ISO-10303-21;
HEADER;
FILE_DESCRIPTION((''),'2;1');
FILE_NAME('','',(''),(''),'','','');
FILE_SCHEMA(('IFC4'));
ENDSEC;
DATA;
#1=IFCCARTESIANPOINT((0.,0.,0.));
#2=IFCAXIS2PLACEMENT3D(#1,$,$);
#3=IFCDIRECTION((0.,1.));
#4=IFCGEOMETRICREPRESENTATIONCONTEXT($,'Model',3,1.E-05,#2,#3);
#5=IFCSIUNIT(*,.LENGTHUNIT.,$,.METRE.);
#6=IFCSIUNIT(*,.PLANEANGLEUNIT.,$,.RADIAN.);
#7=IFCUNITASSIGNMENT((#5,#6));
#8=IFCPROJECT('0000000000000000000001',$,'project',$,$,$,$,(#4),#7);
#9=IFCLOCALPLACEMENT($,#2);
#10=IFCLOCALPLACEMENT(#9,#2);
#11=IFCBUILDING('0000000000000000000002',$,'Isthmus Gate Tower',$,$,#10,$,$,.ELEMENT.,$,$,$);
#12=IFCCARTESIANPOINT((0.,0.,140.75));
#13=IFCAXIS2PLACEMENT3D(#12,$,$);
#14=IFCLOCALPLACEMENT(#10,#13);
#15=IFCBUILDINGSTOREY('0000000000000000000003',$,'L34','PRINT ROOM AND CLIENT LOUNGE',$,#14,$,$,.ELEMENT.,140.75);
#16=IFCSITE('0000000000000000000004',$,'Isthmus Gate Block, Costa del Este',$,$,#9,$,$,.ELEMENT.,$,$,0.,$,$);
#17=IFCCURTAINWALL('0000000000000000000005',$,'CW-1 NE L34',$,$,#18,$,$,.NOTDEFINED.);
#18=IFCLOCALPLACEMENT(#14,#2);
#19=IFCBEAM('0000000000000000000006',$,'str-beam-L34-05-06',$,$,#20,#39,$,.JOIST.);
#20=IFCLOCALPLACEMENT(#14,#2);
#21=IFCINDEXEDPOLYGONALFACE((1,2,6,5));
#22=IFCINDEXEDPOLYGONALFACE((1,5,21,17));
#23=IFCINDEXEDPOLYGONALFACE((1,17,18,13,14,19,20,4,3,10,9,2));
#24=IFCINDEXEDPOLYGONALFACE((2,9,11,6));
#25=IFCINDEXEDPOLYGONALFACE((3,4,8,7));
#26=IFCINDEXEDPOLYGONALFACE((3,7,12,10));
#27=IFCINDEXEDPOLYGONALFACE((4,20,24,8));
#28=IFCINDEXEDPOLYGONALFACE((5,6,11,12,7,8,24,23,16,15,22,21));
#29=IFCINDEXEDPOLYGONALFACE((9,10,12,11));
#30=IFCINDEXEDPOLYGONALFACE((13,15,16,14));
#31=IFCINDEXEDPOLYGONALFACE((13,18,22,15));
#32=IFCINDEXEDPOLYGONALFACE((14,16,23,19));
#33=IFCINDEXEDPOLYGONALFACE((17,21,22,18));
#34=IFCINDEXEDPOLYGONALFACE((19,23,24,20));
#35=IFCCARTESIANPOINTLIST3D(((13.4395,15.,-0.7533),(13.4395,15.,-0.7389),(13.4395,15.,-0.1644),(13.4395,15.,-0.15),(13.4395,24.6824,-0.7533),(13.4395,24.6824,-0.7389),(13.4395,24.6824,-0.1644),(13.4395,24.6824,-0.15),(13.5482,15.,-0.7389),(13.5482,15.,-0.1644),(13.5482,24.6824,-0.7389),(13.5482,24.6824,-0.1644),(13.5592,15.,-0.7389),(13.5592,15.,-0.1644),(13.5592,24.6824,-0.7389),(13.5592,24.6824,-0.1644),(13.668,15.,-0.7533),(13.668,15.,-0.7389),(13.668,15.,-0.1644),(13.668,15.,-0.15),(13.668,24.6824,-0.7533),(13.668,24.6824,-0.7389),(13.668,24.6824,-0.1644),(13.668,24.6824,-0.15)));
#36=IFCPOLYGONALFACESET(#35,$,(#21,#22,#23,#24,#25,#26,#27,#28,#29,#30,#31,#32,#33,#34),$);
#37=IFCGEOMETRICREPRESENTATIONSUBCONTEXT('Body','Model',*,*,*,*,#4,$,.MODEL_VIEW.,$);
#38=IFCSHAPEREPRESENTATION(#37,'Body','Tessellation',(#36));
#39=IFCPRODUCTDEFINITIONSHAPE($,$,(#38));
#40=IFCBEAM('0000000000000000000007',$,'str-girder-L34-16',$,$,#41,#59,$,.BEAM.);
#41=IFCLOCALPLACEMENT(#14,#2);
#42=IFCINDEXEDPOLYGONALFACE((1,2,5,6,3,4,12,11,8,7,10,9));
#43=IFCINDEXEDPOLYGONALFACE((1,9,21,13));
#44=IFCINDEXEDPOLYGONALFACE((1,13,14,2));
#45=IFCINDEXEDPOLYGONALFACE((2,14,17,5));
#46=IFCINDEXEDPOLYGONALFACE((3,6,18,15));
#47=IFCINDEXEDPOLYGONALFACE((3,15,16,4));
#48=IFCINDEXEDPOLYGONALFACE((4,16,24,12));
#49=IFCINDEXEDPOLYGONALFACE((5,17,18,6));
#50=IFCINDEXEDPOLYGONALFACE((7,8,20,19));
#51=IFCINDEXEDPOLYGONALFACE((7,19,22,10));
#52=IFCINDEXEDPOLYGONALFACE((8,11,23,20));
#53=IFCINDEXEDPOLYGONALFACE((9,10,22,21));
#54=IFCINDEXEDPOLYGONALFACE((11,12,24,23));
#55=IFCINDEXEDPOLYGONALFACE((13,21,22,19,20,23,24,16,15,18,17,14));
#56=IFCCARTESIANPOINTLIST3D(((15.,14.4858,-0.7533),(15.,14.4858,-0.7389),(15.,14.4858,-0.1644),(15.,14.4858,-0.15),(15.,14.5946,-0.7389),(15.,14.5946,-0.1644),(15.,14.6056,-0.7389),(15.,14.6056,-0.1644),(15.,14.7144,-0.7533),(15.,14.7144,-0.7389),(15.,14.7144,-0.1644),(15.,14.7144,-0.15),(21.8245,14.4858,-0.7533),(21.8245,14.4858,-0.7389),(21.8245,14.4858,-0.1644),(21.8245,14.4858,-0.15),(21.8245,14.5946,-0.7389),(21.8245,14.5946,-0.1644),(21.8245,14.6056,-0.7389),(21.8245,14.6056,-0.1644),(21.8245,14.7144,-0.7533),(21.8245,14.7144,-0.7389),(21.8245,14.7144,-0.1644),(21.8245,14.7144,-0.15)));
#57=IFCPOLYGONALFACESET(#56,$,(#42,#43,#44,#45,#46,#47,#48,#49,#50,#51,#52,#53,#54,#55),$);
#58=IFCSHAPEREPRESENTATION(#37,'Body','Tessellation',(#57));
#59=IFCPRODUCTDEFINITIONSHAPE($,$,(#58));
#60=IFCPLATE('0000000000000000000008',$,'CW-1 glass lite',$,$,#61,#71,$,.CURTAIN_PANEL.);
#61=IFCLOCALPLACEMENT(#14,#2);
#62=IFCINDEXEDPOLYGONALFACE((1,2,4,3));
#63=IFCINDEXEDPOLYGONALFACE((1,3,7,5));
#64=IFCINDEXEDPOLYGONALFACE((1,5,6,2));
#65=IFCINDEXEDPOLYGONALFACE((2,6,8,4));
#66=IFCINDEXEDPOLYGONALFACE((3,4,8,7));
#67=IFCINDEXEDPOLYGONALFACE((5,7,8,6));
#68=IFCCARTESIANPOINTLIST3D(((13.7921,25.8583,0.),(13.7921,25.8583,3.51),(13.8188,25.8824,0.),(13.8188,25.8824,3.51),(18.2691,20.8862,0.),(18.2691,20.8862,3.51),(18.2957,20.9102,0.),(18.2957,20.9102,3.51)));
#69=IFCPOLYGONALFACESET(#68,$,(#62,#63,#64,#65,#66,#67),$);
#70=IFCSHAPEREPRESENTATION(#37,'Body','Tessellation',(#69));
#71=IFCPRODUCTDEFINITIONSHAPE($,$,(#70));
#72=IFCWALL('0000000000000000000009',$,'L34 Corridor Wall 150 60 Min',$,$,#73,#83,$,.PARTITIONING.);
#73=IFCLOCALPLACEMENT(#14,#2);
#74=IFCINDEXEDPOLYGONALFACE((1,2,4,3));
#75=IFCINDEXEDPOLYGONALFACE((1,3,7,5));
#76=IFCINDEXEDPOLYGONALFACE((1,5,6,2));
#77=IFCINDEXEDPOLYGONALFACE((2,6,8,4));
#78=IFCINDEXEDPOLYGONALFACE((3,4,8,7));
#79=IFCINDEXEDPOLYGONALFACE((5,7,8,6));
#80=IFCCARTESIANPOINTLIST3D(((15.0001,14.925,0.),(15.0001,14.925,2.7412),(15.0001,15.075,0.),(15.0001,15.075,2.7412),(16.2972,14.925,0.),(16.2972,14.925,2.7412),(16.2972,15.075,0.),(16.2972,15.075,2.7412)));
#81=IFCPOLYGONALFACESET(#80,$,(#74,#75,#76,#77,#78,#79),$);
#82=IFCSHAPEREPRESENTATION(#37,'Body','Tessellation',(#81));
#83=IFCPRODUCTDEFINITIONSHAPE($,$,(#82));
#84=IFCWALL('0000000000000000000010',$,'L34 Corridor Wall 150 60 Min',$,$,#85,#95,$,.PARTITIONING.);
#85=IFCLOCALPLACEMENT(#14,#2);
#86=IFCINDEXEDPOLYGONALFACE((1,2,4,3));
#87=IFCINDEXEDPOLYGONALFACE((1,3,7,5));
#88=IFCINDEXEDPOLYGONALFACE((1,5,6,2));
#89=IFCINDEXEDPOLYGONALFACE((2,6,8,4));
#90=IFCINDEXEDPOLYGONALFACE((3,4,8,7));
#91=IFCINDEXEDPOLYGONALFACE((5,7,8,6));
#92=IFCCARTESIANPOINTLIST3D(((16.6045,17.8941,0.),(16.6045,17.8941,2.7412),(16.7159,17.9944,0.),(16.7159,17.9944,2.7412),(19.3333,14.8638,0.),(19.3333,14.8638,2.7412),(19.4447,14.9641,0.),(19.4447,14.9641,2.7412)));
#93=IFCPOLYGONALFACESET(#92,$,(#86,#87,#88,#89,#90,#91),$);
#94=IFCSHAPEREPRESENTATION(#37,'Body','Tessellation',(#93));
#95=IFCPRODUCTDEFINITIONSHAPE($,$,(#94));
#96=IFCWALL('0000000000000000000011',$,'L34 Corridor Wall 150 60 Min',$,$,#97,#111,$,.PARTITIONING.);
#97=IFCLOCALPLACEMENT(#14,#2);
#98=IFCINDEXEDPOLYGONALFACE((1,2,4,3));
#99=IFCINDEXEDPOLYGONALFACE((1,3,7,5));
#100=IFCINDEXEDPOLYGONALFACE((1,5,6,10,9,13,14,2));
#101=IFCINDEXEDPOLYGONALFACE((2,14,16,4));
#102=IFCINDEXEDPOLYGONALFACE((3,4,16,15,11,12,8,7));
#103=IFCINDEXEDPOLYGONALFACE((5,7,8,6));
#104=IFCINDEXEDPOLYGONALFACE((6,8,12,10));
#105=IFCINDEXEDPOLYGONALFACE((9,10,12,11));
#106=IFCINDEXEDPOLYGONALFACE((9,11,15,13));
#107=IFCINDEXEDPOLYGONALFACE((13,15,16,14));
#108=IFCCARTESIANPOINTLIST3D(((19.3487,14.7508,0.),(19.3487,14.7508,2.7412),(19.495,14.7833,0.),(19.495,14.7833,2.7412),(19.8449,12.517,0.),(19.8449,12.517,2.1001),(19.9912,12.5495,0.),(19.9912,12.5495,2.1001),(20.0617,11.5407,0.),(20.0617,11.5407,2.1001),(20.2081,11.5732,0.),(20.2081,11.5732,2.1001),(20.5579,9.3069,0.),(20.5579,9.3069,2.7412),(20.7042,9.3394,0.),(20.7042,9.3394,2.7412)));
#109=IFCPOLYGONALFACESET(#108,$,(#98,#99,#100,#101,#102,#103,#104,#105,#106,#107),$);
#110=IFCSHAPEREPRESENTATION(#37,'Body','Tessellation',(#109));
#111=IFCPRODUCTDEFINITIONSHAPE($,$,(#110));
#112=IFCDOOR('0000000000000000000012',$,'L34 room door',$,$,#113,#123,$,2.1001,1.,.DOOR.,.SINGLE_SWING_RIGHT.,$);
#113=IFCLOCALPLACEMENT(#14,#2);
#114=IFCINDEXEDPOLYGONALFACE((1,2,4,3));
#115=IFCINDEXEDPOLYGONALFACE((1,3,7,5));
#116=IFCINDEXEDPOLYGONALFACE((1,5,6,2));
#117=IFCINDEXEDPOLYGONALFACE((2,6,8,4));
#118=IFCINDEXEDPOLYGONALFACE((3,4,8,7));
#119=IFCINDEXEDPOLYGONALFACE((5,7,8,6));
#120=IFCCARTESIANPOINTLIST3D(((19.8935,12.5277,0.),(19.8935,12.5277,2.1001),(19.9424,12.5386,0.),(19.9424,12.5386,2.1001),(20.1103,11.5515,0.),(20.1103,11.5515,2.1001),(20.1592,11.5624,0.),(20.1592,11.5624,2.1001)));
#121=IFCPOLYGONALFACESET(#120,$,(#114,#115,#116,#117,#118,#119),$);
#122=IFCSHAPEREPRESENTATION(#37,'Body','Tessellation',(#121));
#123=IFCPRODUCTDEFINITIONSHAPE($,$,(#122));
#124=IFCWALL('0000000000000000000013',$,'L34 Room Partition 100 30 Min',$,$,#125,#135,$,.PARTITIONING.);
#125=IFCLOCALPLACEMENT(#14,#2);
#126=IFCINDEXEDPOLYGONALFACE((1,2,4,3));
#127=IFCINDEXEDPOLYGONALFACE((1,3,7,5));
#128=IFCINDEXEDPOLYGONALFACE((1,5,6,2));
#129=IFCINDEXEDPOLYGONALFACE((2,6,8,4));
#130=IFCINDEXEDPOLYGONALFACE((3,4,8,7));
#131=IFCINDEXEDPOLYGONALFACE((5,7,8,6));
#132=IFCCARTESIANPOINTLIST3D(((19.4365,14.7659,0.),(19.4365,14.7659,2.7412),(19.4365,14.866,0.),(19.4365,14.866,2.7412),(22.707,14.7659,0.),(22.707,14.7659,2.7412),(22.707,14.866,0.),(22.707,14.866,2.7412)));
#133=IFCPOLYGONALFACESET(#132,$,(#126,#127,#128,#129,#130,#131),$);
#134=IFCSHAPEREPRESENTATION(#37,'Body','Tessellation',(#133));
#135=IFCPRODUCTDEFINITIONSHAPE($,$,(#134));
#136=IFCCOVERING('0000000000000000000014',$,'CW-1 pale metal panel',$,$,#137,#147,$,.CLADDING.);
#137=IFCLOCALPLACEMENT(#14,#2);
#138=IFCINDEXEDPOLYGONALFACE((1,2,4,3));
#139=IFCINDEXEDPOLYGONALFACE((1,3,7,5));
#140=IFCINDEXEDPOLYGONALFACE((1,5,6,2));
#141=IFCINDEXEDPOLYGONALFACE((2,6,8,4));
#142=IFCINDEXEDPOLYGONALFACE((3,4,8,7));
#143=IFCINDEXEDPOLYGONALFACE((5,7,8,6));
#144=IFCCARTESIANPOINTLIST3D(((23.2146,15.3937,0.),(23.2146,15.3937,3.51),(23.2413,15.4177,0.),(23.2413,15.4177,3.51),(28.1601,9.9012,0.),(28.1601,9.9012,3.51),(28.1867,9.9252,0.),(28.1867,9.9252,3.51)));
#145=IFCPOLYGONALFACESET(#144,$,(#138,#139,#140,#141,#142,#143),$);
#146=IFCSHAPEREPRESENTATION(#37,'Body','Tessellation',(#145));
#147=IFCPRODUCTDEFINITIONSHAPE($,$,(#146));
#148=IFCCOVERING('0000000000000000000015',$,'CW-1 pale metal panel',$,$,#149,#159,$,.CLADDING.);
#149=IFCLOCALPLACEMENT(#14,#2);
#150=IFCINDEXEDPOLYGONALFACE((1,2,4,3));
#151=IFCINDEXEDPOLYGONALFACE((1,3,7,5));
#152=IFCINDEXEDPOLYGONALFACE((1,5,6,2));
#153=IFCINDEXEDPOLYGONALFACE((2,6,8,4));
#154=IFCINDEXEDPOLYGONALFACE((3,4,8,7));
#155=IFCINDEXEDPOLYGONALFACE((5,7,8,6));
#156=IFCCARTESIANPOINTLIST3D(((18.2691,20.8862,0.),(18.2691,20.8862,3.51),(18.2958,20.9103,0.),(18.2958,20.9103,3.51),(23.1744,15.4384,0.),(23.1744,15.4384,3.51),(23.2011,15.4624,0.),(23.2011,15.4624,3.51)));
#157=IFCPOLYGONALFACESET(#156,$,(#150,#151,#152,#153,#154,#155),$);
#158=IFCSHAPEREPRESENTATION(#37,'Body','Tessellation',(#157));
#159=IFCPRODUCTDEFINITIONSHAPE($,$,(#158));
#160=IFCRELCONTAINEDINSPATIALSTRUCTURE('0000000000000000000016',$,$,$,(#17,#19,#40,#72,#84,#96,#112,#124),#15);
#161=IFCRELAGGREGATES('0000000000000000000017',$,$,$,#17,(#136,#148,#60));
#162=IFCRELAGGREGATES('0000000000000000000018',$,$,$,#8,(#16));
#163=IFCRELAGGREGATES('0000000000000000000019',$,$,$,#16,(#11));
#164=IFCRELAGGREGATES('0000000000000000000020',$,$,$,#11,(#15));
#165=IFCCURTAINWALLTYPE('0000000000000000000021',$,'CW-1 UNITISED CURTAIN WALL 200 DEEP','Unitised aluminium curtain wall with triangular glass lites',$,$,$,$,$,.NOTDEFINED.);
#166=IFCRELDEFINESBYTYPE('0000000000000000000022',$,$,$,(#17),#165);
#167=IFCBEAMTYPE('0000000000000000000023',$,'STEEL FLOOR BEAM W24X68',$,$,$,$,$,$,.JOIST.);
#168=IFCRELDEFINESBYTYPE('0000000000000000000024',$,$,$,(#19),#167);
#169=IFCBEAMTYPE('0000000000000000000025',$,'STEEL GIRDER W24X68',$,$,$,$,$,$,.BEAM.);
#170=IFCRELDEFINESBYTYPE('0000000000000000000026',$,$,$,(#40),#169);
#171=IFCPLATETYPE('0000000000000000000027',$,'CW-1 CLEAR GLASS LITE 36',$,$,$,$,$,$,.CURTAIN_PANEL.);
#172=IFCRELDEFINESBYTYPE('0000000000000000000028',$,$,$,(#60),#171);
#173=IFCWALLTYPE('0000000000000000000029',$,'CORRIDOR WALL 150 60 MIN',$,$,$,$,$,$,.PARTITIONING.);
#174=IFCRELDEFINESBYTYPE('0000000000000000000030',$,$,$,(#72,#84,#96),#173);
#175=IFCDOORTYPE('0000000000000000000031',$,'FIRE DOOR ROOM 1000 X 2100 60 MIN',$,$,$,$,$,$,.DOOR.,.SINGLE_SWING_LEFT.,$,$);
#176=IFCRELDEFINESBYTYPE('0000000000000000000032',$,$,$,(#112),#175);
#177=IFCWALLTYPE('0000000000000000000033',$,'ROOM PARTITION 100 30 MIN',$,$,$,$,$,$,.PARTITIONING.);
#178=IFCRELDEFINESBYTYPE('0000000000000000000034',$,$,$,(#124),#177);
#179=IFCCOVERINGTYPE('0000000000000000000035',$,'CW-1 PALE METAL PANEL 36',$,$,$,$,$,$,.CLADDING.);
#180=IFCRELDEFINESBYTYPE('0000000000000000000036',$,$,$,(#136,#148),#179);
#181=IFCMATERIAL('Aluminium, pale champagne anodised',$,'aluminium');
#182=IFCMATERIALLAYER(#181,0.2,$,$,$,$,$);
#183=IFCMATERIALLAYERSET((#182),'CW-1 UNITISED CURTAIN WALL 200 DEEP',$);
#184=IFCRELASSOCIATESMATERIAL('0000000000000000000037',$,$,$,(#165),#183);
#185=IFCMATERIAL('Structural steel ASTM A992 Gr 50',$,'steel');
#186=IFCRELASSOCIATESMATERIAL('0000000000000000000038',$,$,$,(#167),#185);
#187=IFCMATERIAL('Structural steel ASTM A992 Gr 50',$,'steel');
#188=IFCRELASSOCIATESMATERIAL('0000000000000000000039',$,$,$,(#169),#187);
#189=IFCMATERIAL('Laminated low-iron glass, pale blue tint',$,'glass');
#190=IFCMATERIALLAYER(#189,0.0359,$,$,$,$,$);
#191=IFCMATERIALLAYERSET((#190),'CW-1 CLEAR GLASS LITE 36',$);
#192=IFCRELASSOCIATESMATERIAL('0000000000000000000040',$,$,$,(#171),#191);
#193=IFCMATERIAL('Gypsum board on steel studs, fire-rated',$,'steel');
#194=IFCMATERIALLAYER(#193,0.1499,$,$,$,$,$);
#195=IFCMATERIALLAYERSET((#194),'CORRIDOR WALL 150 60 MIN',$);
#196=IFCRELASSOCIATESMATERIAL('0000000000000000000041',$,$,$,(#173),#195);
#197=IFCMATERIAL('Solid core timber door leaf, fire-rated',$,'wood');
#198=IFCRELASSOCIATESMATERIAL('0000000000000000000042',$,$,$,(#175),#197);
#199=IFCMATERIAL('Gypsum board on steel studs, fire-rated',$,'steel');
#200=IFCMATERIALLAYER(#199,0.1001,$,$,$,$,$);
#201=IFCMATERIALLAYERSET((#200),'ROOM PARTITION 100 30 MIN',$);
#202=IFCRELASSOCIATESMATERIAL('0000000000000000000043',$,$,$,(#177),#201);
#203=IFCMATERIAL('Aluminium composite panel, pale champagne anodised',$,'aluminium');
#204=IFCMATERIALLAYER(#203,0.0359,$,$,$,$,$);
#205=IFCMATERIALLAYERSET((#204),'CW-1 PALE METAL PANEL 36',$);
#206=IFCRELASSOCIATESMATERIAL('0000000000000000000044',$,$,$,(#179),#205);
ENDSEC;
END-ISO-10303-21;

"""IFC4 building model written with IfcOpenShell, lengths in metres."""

from ifc_helpers import new_model, si_unit, direction, frame, frame_2d, origin, origin_2d, place, context, subcontext, project, spatial, rectangle, i_section, extrude, material, layer, layer_set, material_profile, profile_set, type_object, element, fill, aggregate, save


model = new_model("IFC4")

# Units and contexts
model_context = context("Model", 3, precision=1e-05, world=origin(), true_north=direction((0.0, 1.0)))
body_context = subcontext(model_context, "Body", "Model", "MODEL_VIEW")
ifc_project = project(units=[si_unit("LENGTHUNIT", "METRE"), si_unit("PLANEANGLEUNIT", "RADIAN")], contexts=[model_context])

# Site, building, storey
site_placement = place(None, origin())
site = spatial("IfcSite", under=ifc_project, at=site_placement, Name="Isthmus Gate Block, Costa del Este", CompositionType="ELEMENT", RefElevation=0.0)
building_placement = place(site_placement, origin())
building = spatial("IfcBuilding", under=site, at=building_placement, Name="Isthmus Gate Tower", CompositionType="ELEMENT")
storey_placement = place(building_placement, frame((0.0, 0.0, 140.75)))
storey = spatial("IfcBuildingStorey", under=building, at=storey_placement, Name="L34", Description="PRINT ROOM AND CLIENT LOUNGE", CompositionType="ELEMENT", Elevation=140.75)

# Curtain wall
ifc_material_1 = material(Name="Aluminium, pale champagne anodised", Category="aluminium")
ifc_layer_1 = layer(ifc_material_1, 0.2)
ifc_layer_set_1 = layer_set([ifc_layer_1], Name="CW-1 UNITISED CURTAIN WALL 200 DEEP")
curtain_wall_type = type_object("IfcCurtainWallType", Name="CW-1 UNITISED CURTAIN WALL 200 DEEP", Description="Unitised aluminium curtain wall with triangular glass lites", PredefinedType="NOTDEFINED", material=ifc_layer_set_1)
curtain_wall_1_placement = place(storey_placement, origin())
curtain_wall_1 = element("IfcCurtainWall", 1, at=curtain_wall_1_placement, inside=storey, type_object=curtain_wall_type, Name="CW-1 NE L34", PredefinedType="NOTDEFINED")

# Beams
ifc_material_2 = material(Name="Structural steel ASTM A992 Gr 50", Category="steel")
ifc_material_profile_1 = material_profile(ifc_material_2, i_section(OverallWidth=0.2285, OverallDepth=0.6033, WebThickness=0.011, FlangeThickness=0.0144, at=origin_2d()), Name="W24X68")
ifc_profile_set_1 = profile_set([ifc_material_profile_1], Name="Structural steel ASTM A992 Gr 50")
beam_type_1 = type_object("IfcBeamType", Name="STEEL FLOOR BEAM W24X68", PredefinedType="JOIST", material=ifc_profile_set_1)
beam_1_placement = place(storey_placement, frame((13.5537, 15.0, -0.4517), z_axis=(0.0, 1.0, 0.0), x_axis=(-1.0, 0.0, 0.0)))
element("IfcBeam", 2, at=beam_1_placement, inside=storey, type_object=beam_type_1, Name="str-beam-L34-05-06", PredefinedType="JOIST", context=body_context, shape_type="SweptSolid", body=[
    extrude(i_section(OverallWidth=0.2285, OverallDepth=0.6033, WebThickness=0.011, FlangeThickness=0.0144, at=origin_2d()), origin(), (0.0, 0.0, 1.0), 9.6824),
])
ifc_material_3 = material(Name="Structural steel ASTM A992 Gr 50", Category="steel")
ifc_material_profile_2 = material_profile(ifc_material_3, i_section(OverallWidth=0.2285, OverallDepth=0.6033, WebThickness=0.011, FlangeThickness=0.0144, at=origin_2d()), Name="W24X68")
ifc_profile_set_2 = profile_set([ifc_material_profile_2], Name="Structural steel ASTM A992 Gr 50")
beam_type_2 = type_object("IfcBeamType", Name="STEEL GIRDER W24X68", PredefinedType="BEAM", material=ifc_profile_set_2)
beam_2_placement = place(storey_placement, frame((15.0, 14.6001, -0.4517), z_axis=(1.0, 0.0, 0.0), x_axis=(0.0, 1.0, 0.0)))
element("IfcBeam", 3, at=beam_2_placement, inside=storey, type_object=beam_type_2, Name="str-girder-L34-16", PredefinedType="BEAM", context=body_context, shape_type="SweptSolid", body=[
    extrude(i_section(OverallWidth=0.2285, OverallDepth=0.6033, WebThickness=0.011, FlangeThickness=0.0144, at=origin_2d()), origin(), (0.0, 0.0, 1.0), 6.8245),
])

# Plate
ifc_material_4 = material(Name="Laminated low-iron glass, pale blue tint", Category="glass")
ifc_layer_2 = layer(ifc_material_4, 0.0359)
ifc_layer_set_2 = layer_set([ifc_layer_2], Name="CW-1 CLEAR GLASS LITE 36")
plate_type = type_object("IfcPlateType", Name="CW-1 CLEAR GLASS LITE 36", PredefinedType="CURTAIN_PANEL", material=ifc_layer_set_2)
plate_placement = place(storey_placement, frame((16.0439, 23.3843, 0.0), z_axis=(0.0, 0.0, 1.0), x_axis=(-0.669131, 0.743145, 0.0)))
plate = element("IfcPlate", 4, at=plate_placement, type_object=plate_type, Name="CW-1 glass lite", PredefinedType="CURTAIN_PANEL", context=body_context, shape_type="SweptSolid", body=[
    extrude(rectangle(XDim=6.6907, YDim=0.0359, at=origin_2d()), origin(), (0.0, 0.0, 1.0), 3.51),
])

# Walls
ifc_material_5 = material(Name="Gypsum board on steel studs, fire-rated", Category="steel")
ifc_layer_3 = layer(ifc_material_5, 0.1499)
ifc_layer_set_3 = layer_set([ifc_layer_3], Name="CORRIDOR WALL 150 60 MIN")
wall_type_1 = type_object("IfcWallType", Name="CORRIDOR WALL 150 60 MIN", PredefinedType="PARTITIONING", material=ifc_layer_set_3)
wall_1_placement = place(storey_placement, frame((16.2971, 15.0, 0.0), z_axis=(0.0, 0.0, 1.0), x_axis=(-1.0, 0.0, 0.0)))
element("IfcWall", 5, at=wall_1_placement, inside=storey, type_object=wall_type_1, Name="L34 Corridor Wall 150 60 Min", PredefinedType="PARTITIONING", context=body_context, shape_type="SweptSolid", body=[
    extrude(rectangle(XDim=1.2971, YDim=0.1499, at=frame_2d((0.6484, 0.0))), origin(), (0.0, 0.0, 1.0), 2.7412),
])
wall_2_placement = place(storey_placement, frame((16.6602, 17.9443, 0.0), z_axis=(0.0, 0.0, 1.0), x_axis=(0.66917, -0.74311, 0.0)))
element("IfcWall", 6, at=wall_2_placement, inside=storey, type_object=wall_type_1, Name="L34 Corridor Wall 150 60 Min", PredefinedType="PARTITIONING", context=body_context, shape_type="SweptSolid", body=[
    extrude(rectangle(XDim=4.0779, YDim=0.1499, at=frame_2d((2.0391, 0.0))), origin(), (0.0, 0.0, 1.0), 2.7412),
])

# Wall, opening, door
wall_3_placement = place(storey_placement, frame((19.4219, 14.7671, 0.0), z_axis=(0.0, 0.0, 1.0), x_axis=(0.216833, -0.976209, 0.0)))
wall_3 = element("IfcWall", 7, at=wall_3_placement, inside=storey, type_object=wall_type_1, Name="L34 Corridor Wall 150 60 Min", PredefinedType="PARTITIONING", context=body_context, shape_type="SweptSolid", body=[
    extrude(rectangle(XDim=5.5767, YDim=0.1499, at=frame_2d((2.7883, 0.0))), origin(), (0.0, 0.0, 1.0), 2.7412),
])
opening_placement = place(wall_3_placement, frame((2.2883, 0.0, 0.0)))
opening = element("IfcOpeningElement", 8, at=opening_placement, cuts=wall_3, PredefinedType="OPENING", context=body_context, shape_type="SweptSolid", body=[
    extrude(rectangle(XDim=1.0, YDim=2.1001, at=frame_2d((0.5, 1.05))), frame((0.0, 0.085, 0.0), z_axis=(0.0, -1.0, 0.0), x_axis=(1.0, 0.0, 0.0)), (0.0, 0.0, 1.0), 0.1699),
])
ifc_material_6 = material(Name="Solid core timber door leaf, fire-rated", Category="wood")
door_type = type_object("IfcDoorType", Name="FIRE DOOR ROOM 1000 X 2100 60 MIN", OperationType="SINGLE_SWING_LEFT", PredefinedType="DOOR", material=ifc_material_6)
door_placement = place(opening_placement, origin())
door = element("IfcDoor", 9, at=door_placement, inside=storey, type_object=door_type, Name="L34 room door", OperationType="SINGLE_SWING_RIGHT", OverallHeight=2.1001, OverallWidth=1.0, PredefinedType="DOOR", context=body_context, shape_type="SweptSolid", body=[
    extrude(rectangle(XDim=1.0, YDim=2.1001, at=frame_2d((0.5, 1.05))), frame((0.0, 0.0249, 0.0), z_axis=(0.0, -1.0, 0.0), x_axis=(1.0, 0.0, 0.0)), (0.0, 0.0, 1.0), 0.05),
])
fill(opening, door)

# Wall
ifc_material_7 = material(Name="Gypsum board on steel studs, fire-rated", Category="steel")
ifc_layer_4 = layer(ifc_material_7, 0.1001)
ifc_layer_set_4 = layer_set([ifc_layer_4], Name="ROOM PARTITION 100 30 MIN")
wall_type_2 = type_object("IfcWallType", Name="ROOM PARTITION 100 30 MIN", PredefinedType="PARTITIONING", material=ifc_layer_set_4)
wall_4_placement = place(storey_placement, frame((19.4365, 14.8159, 0.0), z_axis=(0.0, 0.0, 1.0), x_axis=(1.0, 0.0, 0.0)))
element("IfcWall", 10, at=wall_4_placement, inside=storey, type_object=wall_type_2, Name="L34 Room Partition 100 30 Min", PredefinedType="PARTITIONING", context=body_context, shape_type="SweptSolid", body=[
    extrude(rectangle(XDim=3.2705, YDim=0.1001, at=frame_2d((1.6353, 0.0))), origin(), (0.0, 0.0, 1.0), 2.7412),
])

# Coverings
ifc_material_8 = material(Name="Aluminium composite panel, pale champagne anodised", Category="aluminium")
ifc_layer_5 = layer(ifc_material_8, 0.0359)
ifc_layer_set_5 = layer_set([ifc_layer_5], Name="CW-1 PALE METAL PANEL 36")
covering_type = type_object("IfcCoveringType", Name="CW-1 PALE METAL PANEL 36", PredefinedType="CLADDING", material=ifc_layer_set_5)
covering_1_placement = place(storey_placement, frame((25.7007, 12.6594, 0.0), z_axis=(0.0, 0.0, 1.0), x_axis=(-0.669131, 0.743145, 0.0)))
covering_1 = element("IfcCovering", 11, at=covering_1_placement, type_object=covering_type, Name="CW-1 pale metal panel", PredefinedType="CLADDING", context=body_context, shape_type="SweptSolid", body=[
    extrude(rectangle(XDim=7.3909, YDim=0.0359, at=origin_2d()), origin(), (0.0, 0.0, 1.0), 3.51),
])
covering_2_placement = place(storey_placement, frame((20.7351, 18.1743, 0.0), z_axis=(0.0, 0.0, 1.0), x_axis=(-0.669131, 0.743145, 0.0)))
covering_2 = element("IfcCovering", 12, at=covering_2_placement, type_object=covering_type, Name="CW-1 pale metal panel", PredefinedType="CLADDING", context=body_context, shape_type="SweptSolid", body=[
    extrude(rectangle(XDim=7.3308, YDim=0.0359, at=origin_2d()), origin(), (0.0, 0.0, 1.0), 3.51),
])
aggregate(curtain_wall_1, [covering_1, covering_2, plate])

save(model, "model.ifc")
